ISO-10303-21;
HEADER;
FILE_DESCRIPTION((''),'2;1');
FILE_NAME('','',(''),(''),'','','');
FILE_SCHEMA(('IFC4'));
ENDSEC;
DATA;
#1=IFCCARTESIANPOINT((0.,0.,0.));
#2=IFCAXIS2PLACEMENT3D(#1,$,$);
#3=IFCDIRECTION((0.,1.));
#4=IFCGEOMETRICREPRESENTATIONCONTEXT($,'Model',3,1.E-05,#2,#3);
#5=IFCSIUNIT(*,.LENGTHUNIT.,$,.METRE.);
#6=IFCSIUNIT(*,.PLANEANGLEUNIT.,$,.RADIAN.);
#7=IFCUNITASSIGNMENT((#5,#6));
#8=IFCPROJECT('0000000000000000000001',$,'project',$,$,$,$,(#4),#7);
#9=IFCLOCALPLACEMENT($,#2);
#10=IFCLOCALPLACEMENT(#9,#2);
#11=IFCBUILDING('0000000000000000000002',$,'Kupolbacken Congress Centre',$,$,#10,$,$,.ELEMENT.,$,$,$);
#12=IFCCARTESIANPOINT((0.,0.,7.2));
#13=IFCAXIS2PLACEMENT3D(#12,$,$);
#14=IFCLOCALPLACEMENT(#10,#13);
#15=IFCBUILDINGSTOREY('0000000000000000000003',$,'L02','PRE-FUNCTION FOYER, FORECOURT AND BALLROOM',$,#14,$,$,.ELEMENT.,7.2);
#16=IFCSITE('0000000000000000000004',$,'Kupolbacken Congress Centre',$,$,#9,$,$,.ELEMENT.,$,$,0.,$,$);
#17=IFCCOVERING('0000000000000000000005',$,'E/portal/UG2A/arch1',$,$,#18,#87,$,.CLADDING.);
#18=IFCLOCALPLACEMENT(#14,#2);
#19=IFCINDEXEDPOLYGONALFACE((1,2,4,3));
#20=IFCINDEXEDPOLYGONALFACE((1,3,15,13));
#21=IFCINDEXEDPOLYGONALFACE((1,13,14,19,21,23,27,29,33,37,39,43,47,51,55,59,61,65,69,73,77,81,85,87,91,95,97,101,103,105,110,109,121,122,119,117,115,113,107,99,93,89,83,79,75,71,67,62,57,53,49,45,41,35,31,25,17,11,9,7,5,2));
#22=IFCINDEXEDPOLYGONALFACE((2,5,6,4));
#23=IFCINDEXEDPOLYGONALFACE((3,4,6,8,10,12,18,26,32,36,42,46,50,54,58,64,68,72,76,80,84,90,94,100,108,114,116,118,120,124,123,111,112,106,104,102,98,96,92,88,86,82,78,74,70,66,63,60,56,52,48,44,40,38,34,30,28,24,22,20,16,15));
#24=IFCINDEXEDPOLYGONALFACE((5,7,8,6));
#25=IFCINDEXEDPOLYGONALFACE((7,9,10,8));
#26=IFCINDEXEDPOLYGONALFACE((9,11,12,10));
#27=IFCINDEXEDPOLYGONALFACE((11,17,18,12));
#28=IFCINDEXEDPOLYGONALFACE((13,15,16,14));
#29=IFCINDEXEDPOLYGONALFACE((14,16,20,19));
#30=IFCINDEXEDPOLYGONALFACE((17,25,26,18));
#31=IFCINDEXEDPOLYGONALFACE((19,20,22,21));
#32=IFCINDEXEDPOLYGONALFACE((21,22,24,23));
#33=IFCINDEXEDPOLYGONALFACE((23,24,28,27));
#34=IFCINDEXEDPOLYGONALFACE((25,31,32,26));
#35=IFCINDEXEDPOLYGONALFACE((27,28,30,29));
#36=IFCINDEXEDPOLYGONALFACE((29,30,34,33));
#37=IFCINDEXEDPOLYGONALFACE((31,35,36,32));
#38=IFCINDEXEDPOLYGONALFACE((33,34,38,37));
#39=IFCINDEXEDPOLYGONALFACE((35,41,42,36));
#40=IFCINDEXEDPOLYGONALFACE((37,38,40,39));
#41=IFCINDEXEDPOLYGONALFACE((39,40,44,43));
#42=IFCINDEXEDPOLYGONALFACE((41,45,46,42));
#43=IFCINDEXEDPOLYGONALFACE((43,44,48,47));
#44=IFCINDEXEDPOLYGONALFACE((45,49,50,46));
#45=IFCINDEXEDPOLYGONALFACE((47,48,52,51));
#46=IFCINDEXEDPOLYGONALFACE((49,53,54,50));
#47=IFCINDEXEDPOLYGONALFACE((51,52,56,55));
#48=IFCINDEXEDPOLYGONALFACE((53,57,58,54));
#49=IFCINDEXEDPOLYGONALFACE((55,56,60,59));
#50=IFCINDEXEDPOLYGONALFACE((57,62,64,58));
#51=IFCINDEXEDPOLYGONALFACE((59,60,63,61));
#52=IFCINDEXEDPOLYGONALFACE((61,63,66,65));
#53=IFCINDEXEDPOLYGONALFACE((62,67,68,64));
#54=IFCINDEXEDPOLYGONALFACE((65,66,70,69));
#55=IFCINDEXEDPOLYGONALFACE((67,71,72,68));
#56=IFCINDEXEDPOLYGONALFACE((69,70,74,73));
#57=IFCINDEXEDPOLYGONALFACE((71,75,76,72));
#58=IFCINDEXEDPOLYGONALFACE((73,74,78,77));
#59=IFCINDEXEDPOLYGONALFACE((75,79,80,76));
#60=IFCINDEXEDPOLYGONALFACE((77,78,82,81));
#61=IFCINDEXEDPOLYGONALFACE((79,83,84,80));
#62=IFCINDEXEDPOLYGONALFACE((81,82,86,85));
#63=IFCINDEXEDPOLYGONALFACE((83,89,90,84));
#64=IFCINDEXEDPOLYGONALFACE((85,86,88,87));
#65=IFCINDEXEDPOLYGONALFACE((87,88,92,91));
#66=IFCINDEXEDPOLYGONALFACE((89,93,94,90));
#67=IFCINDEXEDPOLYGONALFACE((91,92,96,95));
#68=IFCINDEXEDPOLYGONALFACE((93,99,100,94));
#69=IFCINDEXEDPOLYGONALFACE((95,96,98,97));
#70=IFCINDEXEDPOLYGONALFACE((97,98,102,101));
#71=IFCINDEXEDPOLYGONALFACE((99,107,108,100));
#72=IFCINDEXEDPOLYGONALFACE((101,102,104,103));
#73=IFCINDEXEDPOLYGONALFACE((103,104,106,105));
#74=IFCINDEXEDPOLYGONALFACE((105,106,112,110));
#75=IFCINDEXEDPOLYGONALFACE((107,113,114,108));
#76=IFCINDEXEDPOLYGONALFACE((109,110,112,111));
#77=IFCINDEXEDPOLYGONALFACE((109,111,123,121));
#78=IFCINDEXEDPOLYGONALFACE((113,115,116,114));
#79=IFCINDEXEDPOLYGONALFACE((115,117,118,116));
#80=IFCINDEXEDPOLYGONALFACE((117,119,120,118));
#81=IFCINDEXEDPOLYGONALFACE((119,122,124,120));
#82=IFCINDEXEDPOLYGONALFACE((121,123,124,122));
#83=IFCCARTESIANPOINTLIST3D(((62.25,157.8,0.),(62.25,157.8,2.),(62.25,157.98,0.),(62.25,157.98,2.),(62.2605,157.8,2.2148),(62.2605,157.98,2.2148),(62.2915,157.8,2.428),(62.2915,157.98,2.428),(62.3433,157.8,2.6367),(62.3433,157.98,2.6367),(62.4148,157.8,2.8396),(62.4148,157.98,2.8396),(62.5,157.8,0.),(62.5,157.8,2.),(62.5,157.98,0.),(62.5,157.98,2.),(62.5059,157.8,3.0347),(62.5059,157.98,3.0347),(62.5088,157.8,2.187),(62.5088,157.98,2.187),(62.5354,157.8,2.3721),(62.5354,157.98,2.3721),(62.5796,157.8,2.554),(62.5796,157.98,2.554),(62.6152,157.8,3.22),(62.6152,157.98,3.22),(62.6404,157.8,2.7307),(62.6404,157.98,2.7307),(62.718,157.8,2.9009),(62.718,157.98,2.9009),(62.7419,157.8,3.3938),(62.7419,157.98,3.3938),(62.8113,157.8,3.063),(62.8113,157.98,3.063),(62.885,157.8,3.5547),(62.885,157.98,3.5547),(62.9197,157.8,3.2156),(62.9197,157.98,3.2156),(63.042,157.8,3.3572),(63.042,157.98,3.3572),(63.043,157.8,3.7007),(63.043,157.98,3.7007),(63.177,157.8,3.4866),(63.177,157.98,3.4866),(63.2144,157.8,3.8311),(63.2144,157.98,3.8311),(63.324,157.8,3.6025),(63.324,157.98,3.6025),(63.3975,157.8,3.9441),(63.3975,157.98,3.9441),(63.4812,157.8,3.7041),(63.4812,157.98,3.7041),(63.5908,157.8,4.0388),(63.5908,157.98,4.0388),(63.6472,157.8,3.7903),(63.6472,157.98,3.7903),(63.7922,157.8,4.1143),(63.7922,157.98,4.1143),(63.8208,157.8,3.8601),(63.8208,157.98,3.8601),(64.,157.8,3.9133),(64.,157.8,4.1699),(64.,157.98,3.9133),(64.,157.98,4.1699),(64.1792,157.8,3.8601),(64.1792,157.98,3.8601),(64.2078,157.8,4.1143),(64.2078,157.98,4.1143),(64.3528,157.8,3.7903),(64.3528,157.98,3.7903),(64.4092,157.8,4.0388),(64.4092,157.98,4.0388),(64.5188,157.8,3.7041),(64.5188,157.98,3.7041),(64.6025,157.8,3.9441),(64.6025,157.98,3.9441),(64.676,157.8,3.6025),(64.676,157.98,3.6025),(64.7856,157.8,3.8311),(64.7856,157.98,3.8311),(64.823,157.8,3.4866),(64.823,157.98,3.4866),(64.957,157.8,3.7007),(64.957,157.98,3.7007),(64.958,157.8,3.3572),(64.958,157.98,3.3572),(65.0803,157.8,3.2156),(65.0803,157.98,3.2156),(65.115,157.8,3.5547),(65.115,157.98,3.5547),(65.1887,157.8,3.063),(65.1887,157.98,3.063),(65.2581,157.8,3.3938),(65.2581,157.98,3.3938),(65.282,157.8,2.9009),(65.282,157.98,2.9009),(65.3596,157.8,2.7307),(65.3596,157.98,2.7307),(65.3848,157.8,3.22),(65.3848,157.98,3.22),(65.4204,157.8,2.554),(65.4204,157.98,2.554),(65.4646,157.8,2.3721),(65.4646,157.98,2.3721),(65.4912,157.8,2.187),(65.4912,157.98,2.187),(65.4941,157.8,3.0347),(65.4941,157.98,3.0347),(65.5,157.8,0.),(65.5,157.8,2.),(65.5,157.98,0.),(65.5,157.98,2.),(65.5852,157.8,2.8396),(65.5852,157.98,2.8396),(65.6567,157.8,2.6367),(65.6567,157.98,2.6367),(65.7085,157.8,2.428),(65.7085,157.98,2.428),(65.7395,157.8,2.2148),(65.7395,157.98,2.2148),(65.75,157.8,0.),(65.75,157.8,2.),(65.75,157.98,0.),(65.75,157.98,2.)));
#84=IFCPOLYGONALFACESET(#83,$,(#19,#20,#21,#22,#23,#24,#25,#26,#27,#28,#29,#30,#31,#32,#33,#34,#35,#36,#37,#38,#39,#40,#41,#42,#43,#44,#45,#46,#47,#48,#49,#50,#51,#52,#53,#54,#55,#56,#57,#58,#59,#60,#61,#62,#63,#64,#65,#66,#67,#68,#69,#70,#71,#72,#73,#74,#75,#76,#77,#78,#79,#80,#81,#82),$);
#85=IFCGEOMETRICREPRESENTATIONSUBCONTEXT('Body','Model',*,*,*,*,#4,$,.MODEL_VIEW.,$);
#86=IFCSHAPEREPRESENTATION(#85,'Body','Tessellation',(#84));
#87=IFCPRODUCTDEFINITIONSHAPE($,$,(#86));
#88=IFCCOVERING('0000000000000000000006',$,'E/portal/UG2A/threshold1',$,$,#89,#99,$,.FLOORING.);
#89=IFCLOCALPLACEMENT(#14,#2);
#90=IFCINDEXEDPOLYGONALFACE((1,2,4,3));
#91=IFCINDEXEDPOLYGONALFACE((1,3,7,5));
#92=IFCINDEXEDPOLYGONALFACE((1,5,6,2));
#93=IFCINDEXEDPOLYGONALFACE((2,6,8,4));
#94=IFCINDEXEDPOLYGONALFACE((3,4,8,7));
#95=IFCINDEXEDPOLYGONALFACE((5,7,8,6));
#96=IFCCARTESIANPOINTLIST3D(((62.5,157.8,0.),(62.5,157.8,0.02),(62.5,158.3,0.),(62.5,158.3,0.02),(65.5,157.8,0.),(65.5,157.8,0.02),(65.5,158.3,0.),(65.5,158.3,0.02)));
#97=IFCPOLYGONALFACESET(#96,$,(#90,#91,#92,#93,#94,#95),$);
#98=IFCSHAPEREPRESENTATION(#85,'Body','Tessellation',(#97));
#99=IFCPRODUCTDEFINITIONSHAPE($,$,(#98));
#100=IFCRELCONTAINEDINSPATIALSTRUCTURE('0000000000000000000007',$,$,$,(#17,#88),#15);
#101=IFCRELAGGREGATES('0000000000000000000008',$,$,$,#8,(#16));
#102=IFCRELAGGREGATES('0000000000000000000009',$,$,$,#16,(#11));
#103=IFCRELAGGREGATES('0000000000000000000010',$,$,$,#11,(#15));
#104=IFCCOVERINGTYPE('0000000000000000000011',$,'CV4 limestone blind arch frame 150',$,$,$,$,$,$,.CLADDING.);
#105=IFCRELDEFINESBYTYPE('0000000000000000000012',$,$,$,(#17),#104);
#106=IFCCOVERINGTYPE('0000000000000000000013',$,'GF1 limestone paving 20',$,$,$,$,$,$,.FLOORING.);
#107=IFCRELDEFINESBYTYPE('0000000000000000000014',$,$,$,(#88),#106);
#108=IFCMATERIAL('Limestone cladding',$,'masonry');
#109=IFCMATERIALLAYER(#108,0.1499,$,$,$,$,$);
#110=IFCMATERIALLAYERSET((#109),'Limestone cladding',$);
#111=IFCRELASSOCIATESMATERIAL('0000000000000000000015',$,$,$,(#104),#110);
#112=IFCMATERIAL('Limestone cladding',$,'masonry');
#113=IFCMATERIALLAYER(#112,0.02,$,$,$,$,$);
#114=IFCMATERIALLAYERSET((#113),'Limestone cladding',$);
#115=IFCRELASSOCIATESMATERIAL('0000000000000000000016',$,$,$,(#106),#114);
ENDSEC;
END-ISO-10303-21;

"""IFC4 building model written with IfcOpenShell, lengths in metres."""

from ifc_helpers import new_model, si_unit, direction, frame, origin, origin_2d, place, context, subcontext, project, spatial, polyline, rectangle, outline, extrude, material, layer, layer_set, type_object, element, save


model = new_model("IFC4")

# Units and contexts
model_context = context("Model", 3, precision=1e-05, world=origin(), true_north=direction((0.0, 1.0)))
body_context = subcontext(model_context, "Body", "Model", "MODEL_VIEW")
ifc_project = project(units=[si_unit("LENGTHUNIT", "METRE"), si_unit("PLANEANGLEUNIT", "RADIAN")], contexts=[model_context])

# Site, building, storey
site_placement = place(None, origin())
site = spatial("IfcSite", under=ifc_project, at=site_placement, Name="Kupolbacken Congress Centre", CompositionType="ELEMENT", RefElevation=0.0)
building_placement = place(site_placement, origin())
building = spatial("IfcBuilding", under=site, at=building_placement, Name="Kupolbacken Congress Centre", CompositionType="ELEMENT")
storey_placement = place(building_placement, frame((0.0, 0.0, 7.2)))
storey = spatial("IfcBuildingStorey", under=building, at=storey_placement, Name="L02", Description="PRE-FUNCTION FOYER, FORECOURT AND BALLROOM", CompositionType="ELEMENT", Elevation=7.2)

# Coverings
ifc_material_1 = material(Name="Limestone cladding", Category="masonry")
ifc_layer_1 = layer(ifc_material_1, 0.1499)
ifc_layer_set_1 = layer_set([ifc_layer_1], Name="Limestone cladding")
covering_type_1 = type_object("IfcCoveringType", Name="CV4 limestone blind arch frame 150", PredefinedType="CLADDING", material=ifc_layer_set_1)
covering_1_placement = place(storey_placement, frame((62.25, 157.8, 0.0), z_axis=(0.0, 1.0, 0.0), x_axis=(-1.0, 0.0, 0.0)))
element("IfcCovering", 1, at=covering_1_placement, inside=storey, type_object=covering_type_1, Name="E/portal/UG2A/arch1", PredefinedType="CLADDING", context=body_context, shape_type="SweptSolid", body=[
    extrude(outline(polyline([(0.0, 0.0), (0.0, 2.0), (-0.0105, 2.2148), (-0.0415, 2.428), (-0.0933, 2.6367), (-0.1648, 2.8396), (-0.2559, 3.0347), (-0.3652, 3.22), (-0.4919, 3.3938), (-0.635, 3.5547), (-0.793, 3.7007), (-0.9644, 3.8311), (-1.1475, 3.9441), (-1.3408, 4.0388), (-1.5422, 4.1143), (-1.75, 4.1699), (-1.9578, 4.1143), (-2.1592, 4.0388), (-2.3525, 3.9441), (-2.5356, 3.8311), (-2.707, 3.7007), (-2.865, 3.5547), (-3.0081, 3.3938), (-3.1348, 3.22), (-3.2441, 3.0347), (-3.3352, 2.8396), (-3.4067, 2.6367), (-3.4585, 2.428), (-3.4895, 2.2148), (-3.5, 2.0), (-3.5, 0.0), (-3.25, 0.0), (-3.25, 2.0), (-3.2412, 2.187), (-3.2146, 2.3721), (-3.1704, 2.554), (-3.1096, 2.7307), (-3.032, 2.9009), (-2.9387, 3.063), (-2.8303, 3.2156), (-2.708, 3.3572), (-2.573, 3.4866), (-2.426, 3.6025), (-2.2688, 3.7041), (-2.1028, 3.7903), (-1.9292, 3.8601), (-1.75, 3.9133), (-1.5708, 3.8601), (-1.3972, 3.7903), (-1.2312, 3.7041), (-1.074, 3.6025), (-0.927, 3.4866), (-0.792, 3.3572), (-0.6697, 3.2156), (-0.5613, 3.063), (-0.468, 2.9009), (-0.3904, 2.7307), (-0.3296, 2.554), (-0.2854, 2.3721), (-0.2588, 2.187), (-0.25, 2.0), (-0.25, 0.0), (0.0, 0.0)])), origin(), (0.0, 0.0, 1.0), 0.1799),
])
ifc_material_2 = material(Name="Limestone cladding", Category="masonry")
ifc_layer_2 = layer(ifc_material_2, 0.02)
ifc_layer_set_2 = layer_set([ifc_layer_2], Name="Limestone cladding")
covering_type_2 = type_object("IfcCoveringType", Name="GF1 limestone paving 20", PredefinedType="FLOORING", material=ifc_layer_set_2)
covering_2_placement = place(storey_placement, frame((64.0, 158.05, 0.0), z_axis=(0.0, 0.0, 1.0), x_axis=(1.0, 0.0, 0.0)))
element("IfcCovering", 2, at=covering_2_placement, inside=storey, type_object=covering_type_2, Name="E/portal/UG2A/threshold1", PredefinedType="FLOORING", context=body_context, shape_type="SweptSolid", body=[
    extrude(rectangle(XDim=3.0, YDim=0.5, at=origin_2d()), origin(), (0.0, 0.0, 1.0), 0.02),
])

save(model, "model.ifc")
